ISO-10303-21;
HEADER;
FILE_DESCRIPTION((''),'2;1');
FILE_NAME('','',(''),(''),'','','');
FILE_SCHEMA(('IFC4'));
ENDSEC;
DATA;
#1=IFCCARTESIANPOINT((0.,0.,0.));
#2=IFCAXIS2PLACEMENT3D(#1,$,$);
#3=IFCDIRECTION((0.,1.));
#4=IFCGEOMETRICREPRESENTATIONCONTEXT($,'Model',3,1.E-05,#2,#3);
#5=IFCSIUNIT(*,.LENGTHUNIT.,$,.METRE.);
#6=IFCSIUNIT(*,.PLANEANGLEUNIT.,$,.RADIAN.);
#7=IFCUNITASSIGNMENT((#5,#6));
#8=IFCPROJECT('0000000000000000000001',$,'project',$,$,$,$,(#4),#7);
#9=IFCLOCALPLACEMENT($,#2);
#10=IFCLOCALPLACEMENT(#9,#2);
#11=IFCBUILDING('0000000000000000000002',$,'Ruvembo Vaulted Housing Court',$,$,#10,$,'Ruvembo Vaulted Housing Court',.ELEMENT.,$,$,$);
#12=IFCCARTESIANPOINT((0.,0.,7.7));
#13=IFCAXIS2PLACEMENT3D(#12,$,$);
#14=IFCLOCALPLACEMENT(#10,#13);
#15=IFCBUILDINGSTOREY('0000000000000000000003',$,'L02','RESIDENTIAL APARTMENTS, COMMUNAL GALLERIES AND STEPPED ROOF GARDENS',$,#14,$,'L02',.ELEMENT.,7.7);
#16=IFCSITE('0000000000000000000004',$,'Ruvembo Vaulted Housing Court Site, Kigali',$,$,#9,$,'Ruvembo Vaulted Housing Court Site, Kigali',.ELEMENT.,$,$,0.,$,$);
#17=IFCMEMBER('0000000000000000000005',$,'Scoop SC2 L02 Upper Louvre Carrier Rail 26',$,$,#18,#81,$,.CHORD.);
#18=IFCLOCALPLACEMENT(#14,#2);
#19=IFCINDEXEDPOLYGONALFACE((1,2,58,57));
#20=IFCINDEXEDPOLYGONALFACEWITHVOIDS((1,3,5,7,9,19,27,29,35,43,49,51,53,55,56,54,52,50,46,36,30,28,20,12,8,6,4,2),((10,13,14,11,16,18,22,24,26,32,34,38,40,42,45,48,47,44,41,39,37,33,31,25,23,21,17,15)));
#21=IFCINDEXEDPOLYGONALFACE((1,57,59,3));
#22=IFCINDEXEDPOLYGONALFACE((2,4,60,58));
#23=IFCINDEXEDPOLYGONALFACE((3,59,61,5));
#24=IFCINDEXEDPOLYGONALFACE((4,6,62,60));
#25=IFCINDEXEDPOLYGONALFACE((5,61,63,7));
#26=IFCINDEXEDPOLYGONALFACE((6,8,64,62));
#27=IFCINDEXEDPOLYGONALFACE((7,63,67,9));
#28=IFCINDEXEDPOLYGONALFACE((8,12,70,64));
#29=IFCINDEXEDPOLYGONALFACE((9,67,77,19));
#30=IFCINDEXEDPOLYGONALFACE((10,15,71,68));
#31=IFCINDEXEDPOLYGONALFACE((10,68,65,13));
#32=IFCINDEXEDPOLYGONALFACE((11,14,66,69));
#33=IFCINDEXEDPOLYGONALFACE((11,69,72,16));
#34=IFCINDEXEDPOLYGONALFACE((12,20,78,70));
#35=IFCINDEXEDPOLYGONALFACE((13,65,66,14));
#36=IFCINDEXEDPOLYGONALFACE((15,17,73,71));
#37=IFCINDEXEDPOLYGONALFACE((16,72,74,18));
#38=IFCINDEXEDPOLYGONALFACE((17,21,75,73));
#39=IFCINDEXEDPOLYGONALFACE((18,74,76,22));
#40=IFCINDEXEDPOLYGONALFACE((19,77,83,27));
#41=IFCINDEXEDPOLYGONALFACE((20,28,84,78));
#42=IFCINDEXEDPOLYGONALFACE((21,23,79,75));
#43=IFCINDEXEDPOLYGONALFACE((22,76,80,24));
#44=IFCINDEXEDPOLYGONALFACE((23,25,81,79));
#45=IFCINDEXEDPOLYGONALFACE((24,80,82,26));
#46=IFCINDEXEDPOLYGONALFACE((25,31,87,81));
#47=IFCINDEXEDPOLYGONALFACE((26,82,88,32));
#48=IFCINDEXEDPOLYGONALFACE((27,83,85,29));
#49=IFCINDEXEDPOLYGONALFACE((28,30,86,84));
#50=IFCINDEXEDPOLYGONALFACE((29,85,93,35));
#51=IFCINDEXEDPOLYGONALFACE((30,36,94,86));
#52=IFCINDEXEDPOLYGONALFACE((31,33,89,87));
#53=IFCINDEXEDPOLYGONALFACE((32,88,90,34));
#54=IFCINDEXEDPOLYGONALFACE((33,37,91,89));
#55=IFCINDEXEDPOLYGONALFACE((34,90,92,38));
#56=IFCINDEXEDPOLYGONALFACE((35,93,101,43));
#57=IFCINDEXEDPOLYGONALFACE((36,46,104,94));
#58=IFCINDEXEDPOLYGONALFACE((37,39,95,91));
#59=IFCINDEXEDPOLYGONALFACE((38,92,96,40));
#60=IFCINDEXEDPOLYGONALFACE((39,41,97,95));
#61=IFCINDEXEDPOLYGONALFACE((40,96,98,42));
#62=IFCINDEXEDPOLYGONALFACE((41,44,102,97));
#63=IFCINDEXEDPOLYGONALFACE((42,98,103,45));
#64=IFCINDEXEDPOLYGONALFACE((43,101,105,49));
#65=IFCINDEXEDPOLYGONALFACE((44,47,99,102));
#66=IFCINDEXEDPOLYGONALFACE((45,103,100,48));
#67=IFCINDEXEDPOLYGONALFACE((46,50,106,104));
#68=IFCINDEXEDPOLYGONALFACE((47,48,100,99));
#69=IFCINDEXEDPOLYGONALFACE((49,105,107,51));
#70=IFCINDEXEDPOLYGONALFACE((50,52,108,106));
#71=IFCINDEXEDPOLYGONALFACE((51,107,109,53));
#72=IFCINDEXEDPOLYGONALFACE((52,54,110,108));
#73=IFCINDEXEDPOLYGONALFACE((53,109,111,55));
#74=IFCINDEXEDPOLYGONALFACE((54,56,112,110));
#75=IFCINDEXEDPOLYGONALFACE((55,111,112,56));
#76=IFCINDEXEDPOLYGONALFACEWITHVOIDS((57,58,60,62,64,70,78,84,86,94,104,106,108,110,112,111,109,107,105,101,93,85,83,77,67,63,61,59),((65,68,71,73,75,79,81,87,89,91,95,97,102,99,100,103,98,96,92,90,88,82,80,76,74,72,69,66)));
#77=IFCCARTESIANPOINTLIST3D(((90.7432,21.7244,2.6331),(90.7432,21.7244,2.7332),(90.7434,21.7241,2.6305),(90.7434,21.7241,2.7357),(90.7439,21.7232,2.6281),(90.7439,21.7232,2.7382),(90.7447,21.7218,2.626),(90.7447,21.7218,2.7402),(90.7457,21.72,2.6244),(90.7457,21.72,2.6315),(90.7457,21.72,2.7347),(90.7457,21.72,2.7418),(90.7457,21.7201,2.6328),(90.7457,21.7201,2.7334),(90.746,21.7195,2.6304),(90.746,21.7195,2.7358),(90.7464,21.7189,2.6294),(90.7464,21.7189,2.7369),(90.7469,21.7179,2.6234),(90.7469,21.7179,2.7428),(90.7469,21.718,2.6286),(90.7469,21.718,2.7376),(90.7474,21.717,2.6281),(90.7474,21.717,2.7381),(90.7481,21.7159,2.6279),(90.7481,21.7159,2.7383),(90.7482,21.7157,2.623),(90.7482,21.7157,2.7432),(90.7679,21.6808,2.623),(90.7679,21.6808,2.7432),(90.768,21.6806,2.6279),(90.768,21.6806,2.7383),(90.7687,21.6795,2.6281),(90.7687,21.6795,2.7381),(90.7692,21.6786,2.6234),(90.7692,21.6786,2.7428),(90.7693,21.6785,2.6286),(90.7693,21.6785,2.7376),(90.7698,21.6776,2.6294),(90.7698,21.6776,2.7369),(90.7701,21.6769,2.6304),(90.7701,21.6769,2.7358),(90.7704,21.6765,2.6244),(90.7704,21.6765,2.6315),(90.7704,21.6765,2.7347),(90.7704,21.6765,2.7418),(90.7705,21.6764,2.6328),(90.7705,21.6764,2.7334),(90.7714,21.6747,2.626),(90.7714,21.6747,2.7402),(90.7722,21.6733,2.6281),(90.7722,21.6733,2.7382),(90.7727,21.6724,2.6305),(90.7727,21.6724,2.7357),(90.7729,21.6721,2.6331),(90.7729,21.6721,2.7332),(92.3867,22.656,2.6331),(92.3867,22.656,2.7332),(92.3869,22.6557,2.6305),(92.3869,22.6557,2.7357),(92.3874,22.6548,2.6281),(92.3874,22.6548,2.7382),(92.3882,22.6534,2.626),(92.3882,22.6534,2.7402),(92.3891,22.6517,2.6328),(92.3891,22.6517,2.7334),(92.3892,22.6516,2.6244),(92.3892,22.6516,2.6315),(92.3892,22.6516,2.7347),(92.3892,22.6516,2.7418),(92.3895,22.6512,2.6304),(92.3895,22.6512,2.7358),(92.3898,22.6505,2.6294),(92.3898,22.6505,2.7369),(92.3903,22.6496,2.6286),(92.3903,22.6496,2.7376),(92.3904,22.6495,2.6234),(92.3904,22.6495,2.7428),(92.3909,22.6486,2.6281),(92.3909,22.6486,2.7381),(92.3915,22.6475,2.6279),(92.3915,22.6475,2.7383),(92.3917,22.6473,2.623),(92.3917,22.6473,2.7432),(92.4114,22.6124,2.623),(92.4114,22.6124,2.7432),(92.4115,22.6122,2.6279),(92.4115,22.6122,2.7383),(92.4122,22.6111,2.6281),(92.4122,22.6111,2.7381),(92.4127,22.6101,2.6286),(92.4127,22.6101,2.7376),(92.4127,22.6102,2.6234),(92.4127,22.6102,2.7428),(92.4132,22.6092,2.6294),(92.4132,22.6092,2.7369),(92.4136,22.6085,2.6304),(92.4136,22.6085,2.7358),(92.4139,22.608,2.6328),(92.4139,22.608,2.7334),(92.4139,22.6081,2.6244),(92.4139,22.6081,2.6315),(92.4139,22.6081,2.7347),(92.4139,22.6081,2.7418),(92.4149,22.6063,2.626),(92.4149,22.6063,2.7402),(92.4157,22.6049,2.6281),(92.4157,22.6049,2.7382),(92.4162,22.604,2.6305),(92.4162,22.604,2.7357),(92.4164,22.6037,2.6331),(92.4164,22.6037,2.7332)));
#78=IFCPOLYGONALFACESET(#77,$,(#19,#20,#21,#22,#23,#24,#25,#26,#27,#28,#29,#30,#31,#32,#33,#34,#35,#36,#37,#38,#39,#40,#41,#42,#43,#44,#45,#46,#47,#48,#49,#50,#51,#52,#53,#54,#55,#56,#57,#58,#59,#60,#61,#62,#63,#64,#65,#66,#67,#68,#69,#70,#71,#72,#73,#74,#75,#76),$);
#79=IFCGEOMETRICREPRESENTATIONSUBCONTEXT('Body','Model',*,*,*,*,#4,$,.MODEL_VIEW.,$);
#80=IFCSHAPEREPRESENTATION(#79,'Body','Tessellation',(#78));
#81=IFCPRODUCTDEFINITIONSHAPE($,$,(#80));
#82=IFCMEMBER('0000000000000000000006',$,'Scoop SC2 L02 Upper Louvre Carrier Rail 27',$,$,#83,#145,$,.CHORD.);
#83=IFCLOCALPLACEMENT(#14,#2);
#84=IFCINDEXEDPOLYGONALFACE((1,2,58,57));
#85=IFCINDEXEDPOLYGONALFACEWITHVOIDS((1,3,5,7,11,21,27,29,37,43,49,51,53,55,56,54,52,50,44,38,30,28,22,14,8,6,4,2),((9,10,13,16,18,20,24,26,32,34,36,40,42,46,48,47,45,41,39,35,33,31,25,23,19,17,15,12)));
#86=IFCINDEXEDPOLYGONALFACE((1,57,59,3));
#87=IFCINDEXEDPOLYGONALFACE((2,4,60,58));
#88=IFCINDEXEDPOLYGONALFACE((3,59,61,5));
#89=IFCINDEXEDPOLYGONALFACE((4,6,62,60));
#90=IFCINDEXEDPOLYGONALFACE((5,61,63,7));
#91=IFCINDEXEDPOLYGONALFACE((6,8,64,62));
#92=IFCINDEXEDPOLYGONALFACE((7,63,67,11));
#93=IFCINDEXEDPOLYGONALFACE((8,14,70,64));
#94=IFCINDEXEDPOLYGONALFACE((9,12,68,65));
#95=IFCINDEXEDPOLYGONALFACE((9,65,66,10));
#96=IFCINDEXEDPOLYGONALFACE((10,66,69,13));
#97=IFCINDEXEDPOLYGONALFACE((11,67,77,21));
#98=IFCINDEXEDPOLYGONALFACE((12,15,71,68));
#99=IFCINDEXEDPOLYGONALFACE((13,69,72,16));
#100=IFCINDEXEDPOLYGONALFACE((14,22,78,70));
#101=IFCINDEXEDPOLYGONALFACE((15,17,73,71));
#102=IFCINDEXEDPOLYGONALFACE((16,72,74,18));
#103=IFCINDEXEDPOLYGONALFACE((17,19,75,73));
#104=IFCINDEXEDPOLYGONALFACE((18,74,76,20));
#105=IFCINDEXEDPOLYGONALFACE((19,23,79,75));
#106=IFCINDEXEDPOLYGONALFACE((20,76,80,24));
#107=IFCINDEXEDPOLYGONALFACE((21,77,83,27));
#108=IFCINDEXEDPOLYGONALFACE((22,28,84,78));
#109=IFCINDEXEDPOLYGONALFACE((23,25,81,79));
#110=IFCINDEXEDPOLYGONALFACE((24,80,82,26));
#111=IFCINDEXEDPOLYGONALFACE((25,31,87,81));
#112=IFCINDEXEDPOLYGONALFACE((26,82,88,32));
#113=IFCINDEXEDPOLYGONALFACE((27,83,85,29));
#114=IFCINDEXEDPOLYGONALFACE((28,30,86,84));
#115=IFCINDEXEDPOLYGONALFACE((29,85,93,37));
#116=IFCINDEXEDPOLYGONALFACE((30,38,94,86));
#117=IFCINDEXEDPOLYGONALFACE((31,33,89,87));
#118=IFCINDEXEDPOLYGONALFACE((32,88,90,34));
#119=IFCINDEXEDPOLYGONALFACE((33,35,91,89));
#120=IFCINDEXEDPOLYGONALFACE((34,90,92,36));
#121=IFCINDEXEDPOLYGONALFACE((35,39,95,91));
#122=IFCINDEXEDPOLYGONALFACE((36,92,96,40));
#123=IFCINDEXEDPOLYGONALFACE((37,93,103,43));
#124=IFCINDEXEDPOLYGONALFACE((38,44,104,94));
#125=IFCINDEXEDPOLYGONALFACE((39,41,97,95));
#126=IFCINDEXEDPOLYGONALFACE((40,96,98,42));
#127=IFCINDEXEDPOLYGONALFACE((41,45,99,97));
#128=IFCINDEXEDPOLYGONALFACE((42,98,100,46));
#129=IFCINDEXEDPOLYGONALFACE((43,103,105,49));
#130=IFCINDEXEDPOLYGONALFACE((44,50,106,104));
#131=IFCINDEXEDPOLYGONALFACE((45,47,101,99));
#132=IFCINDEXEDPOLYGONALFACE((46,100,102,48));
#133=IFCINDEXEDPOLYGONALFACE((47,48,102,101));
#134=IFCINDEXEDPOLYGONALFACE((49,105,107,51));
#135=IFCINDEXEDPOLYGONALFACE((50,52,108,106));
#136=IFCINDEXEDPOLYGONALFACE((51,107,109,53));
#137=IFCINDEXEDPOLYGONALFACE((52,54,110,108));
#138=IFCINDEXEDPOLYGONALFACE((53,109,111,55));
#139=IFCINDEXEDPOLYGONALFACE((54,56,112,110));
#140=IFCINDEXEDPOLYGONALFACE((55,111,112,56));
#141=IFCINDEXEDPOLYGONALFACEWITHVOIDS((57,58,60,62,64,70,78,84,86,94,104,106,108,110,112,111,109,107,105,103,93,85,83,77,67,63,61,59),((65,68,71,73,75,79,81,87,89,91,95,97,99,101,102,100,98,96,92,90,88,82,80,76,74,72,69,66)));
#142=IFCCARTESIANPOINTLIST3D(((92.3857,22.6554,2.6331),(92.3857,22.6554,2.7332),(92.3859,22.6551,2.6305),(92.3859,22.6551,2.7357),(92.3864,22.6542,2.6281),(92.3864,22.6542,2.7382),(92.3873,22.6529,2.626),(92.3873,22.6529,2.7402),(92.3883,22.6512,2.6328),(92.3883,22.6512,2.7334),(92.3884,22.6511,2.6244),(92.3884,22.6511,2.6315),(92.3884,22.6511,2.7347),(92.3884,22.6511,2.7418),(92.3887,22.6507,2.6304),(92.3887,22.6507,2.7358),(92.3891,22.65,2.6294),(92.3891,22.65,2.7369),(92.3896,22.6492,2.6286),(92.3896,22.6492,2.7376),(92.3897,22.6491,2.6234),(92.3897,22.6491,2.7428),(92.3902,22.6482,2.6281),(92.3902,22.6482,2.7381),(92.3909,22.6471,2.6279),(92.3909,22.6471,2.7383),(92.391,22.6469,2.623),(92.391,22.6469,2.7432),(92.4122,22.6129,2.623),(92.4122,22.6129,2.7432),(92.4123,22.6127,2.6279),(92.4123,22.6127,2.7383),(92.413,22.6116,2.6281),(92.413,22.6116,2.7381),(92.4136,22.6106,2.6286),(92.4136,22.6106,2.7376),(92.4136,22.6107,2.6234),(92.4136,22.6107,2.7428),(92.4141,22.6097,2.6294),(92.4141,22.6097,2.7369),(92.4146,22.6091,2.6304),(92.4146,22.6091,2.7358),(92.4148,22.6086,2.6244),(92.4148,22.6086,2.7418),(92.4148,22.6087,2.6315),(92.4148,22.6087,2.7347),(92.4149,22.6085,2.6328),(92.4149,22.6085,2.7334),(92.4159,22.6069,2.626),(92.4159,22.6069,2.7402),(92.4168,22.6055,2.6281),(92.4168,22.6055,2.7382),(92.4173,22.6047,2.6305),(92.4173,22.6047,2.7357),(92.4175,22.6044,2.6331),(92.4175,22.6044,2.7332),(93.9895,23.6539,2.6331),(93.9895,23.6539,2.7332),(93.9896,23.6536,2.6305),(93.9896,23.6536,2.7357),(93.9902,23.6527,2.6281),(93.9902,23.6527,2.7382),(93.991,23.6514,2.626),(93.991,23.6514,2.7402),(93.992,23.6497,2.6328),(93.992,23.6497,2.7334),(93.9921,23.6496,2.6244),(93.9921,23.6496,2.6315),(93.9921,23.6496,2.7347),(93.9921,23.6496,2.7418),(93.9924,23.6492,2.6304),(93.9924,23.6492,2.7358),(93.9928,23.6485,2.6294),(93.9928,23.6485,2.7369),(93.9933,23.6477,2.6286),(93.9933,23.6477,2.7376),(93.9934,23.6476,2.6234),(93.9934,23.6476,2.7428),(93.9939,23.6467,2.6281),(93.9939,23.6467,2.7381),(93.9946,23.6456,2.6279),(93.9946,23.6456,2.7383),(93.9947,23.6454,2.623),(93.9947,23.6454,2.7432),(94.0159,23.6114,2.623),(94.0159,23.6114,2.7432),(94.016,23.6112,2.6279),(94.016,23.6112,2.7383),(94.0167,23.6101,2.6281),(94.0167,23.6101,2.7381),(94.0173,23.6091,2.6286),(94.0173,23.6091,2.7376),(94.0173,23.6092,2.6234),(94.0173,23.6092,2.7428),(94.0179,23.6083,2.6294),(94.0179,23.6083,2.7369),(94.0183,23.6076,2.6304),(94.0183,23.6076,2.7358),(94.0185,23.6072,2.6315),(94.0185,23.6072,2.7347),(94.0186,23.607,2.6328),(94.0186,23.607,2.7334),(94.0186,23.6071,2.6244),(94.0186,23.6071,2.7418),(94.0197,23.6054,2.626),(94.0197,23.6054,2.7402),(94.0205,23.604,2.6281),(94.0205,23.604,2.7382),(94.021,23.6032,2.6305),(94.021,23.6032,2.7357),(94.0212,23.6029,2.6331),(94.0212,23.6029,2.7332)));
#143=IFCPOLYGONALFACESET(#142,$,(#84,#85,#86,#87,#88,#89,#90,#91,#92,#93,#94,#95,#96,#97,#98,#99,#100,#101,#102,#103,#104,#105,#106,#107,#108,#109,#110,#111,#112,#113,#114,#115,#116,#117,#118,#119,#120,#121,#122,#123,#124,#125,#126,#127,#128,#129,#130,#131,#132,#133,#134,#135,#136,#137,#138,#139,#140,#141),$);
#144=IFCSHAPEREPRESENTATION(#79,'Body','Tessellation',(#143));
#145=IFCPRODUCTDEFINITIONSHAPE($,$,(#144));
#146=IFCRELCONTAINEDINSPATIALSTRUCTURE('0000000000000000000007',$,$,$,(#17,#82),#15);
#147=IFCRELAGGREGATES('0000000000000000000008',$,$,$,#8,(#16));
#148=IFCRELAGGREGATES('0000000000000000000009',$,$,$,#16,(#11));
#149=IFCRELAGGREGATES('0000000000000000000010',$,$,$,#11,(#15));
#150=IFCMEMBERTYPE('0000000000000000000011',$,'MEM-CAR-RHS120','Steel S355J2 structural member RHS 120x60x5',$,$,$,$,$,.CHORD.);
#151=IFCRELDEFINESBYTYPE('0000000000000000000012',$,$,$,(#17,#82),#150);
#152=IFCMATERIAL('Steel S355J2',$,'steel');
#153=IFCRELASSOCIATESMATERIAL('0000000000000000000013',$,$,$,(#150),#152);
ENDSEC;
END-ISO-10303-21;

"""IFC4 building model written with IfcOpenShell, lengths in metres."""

from ifc_helpers import new_model, si_unit, direction, frame, origin, origin_2d, place, context, subcontext, project, spatial, hollow_rectangle, extrude, material, material_profile, profile_set, type_object, element, save


model = new_model("IFC4")

# Units and contexts
model_context = context("Model", 3, precision=1e-05, world=origin(), true_north=direction((0.0, 1.0)))
body_context = subcontext(model_context, "Body", "Model", "MODEL_VIEW")
ifc_project = project(units=[si_unit("LENGTHUNIT", "METRE"), si_unit("PLANEANGLEUNIT", "RADIAN")], contexts=[model_context])

# Site, building, storey
site_placement = place(None, origin())
site = spatial("IfcSite", under=ifc_project, at=site_placement, Name="Ruvembo Vaulted Housing Court Site, Kigali", LongName="Ruvembo Vaulted Housing Court Site, Kigali", CompositionType="ELEMENT", RefElevation=0.0)
building_placement = place(site_placement, origin())
building = spatial("IfcBuilding", under=site, at=building_placement, Name="Ruvembo Vaulted Housing Court", LongName="Ruvembo Vaulted Housing Court", CompositionType="ELEMENT")
storey_placement = place(building_placement, frame((0.0, 0.0, 7.7)))
storey = spatial("IfcBuildingStorey", under=building, at=storey_placement, Name="L02", Description="RESIDENTIAL APARTMENTS, COMMUNAL GALLERIES AND STEPPED ROOF GARDENS", LongName="L02", CompositionType="ELEMENT", Elevation=7.7)

# Shared definitions
ifc_material_1 = material(Name="Steel S355J2", Category="steel")

# Members
ifc_material_profile_1 = material_profile(ifc_material_1, hollow_rectangle(XDim=0.0601, YDim=0.1201, WallThickness=0.0049, InnerFilletRadius=0.0049, OuterFilletRadius=0.01, at=origin_2d()), Name="RHS 120x60x5")
ifc_profile_set_1 = profile_set([ifc_material_profile_1], Name="Steel S355J2")
member_type_1 = type_object("IfcMemberType", Name="MEM-CAR-RHS120", Description="Steel S355J2 structural member RHS 120x60x5", PredefinedType="CHORD", material=ifc_profile_set_1)
for number, where, z_axis, x_axis, name in (
    (1, (90.7581, 21.6982, 2.6831), (0.869956, 0.49313, 0.0), (-0.49313, 0.869956, 0.0), "Scoop SC2 L02 Upper Louvre Carrier Rail 26"),
    (2, (92.4016, 22.6299, 2.6831), (0.848905, 0.528546, 0.0), (-0.528546, 0.848905, 0.0), "Scoop SC2 L02 Upper Louvre Carrier Rail 27"),
):
    element("IfcMember", number, at=place(storey_placement, frame(where, z_axis=z_axis, x_axis=x_axis)), inside=storey, type_object=member_type_1, Name=name, PredefinedType="CHORD", context=body_context, shape_type="SweptSolid", body=[
        extrude(hollow_rectangle(XDim=0.0601, YDim=0.1201, WallThickness=0.0049, InnerFilletRadius=0.0049, OuterFilletRadius=0.01, at=origin_2d()), origin(), (0.0, 0.0, 1.0), 1.8892),
    ])

save(model, "model.ifc")
